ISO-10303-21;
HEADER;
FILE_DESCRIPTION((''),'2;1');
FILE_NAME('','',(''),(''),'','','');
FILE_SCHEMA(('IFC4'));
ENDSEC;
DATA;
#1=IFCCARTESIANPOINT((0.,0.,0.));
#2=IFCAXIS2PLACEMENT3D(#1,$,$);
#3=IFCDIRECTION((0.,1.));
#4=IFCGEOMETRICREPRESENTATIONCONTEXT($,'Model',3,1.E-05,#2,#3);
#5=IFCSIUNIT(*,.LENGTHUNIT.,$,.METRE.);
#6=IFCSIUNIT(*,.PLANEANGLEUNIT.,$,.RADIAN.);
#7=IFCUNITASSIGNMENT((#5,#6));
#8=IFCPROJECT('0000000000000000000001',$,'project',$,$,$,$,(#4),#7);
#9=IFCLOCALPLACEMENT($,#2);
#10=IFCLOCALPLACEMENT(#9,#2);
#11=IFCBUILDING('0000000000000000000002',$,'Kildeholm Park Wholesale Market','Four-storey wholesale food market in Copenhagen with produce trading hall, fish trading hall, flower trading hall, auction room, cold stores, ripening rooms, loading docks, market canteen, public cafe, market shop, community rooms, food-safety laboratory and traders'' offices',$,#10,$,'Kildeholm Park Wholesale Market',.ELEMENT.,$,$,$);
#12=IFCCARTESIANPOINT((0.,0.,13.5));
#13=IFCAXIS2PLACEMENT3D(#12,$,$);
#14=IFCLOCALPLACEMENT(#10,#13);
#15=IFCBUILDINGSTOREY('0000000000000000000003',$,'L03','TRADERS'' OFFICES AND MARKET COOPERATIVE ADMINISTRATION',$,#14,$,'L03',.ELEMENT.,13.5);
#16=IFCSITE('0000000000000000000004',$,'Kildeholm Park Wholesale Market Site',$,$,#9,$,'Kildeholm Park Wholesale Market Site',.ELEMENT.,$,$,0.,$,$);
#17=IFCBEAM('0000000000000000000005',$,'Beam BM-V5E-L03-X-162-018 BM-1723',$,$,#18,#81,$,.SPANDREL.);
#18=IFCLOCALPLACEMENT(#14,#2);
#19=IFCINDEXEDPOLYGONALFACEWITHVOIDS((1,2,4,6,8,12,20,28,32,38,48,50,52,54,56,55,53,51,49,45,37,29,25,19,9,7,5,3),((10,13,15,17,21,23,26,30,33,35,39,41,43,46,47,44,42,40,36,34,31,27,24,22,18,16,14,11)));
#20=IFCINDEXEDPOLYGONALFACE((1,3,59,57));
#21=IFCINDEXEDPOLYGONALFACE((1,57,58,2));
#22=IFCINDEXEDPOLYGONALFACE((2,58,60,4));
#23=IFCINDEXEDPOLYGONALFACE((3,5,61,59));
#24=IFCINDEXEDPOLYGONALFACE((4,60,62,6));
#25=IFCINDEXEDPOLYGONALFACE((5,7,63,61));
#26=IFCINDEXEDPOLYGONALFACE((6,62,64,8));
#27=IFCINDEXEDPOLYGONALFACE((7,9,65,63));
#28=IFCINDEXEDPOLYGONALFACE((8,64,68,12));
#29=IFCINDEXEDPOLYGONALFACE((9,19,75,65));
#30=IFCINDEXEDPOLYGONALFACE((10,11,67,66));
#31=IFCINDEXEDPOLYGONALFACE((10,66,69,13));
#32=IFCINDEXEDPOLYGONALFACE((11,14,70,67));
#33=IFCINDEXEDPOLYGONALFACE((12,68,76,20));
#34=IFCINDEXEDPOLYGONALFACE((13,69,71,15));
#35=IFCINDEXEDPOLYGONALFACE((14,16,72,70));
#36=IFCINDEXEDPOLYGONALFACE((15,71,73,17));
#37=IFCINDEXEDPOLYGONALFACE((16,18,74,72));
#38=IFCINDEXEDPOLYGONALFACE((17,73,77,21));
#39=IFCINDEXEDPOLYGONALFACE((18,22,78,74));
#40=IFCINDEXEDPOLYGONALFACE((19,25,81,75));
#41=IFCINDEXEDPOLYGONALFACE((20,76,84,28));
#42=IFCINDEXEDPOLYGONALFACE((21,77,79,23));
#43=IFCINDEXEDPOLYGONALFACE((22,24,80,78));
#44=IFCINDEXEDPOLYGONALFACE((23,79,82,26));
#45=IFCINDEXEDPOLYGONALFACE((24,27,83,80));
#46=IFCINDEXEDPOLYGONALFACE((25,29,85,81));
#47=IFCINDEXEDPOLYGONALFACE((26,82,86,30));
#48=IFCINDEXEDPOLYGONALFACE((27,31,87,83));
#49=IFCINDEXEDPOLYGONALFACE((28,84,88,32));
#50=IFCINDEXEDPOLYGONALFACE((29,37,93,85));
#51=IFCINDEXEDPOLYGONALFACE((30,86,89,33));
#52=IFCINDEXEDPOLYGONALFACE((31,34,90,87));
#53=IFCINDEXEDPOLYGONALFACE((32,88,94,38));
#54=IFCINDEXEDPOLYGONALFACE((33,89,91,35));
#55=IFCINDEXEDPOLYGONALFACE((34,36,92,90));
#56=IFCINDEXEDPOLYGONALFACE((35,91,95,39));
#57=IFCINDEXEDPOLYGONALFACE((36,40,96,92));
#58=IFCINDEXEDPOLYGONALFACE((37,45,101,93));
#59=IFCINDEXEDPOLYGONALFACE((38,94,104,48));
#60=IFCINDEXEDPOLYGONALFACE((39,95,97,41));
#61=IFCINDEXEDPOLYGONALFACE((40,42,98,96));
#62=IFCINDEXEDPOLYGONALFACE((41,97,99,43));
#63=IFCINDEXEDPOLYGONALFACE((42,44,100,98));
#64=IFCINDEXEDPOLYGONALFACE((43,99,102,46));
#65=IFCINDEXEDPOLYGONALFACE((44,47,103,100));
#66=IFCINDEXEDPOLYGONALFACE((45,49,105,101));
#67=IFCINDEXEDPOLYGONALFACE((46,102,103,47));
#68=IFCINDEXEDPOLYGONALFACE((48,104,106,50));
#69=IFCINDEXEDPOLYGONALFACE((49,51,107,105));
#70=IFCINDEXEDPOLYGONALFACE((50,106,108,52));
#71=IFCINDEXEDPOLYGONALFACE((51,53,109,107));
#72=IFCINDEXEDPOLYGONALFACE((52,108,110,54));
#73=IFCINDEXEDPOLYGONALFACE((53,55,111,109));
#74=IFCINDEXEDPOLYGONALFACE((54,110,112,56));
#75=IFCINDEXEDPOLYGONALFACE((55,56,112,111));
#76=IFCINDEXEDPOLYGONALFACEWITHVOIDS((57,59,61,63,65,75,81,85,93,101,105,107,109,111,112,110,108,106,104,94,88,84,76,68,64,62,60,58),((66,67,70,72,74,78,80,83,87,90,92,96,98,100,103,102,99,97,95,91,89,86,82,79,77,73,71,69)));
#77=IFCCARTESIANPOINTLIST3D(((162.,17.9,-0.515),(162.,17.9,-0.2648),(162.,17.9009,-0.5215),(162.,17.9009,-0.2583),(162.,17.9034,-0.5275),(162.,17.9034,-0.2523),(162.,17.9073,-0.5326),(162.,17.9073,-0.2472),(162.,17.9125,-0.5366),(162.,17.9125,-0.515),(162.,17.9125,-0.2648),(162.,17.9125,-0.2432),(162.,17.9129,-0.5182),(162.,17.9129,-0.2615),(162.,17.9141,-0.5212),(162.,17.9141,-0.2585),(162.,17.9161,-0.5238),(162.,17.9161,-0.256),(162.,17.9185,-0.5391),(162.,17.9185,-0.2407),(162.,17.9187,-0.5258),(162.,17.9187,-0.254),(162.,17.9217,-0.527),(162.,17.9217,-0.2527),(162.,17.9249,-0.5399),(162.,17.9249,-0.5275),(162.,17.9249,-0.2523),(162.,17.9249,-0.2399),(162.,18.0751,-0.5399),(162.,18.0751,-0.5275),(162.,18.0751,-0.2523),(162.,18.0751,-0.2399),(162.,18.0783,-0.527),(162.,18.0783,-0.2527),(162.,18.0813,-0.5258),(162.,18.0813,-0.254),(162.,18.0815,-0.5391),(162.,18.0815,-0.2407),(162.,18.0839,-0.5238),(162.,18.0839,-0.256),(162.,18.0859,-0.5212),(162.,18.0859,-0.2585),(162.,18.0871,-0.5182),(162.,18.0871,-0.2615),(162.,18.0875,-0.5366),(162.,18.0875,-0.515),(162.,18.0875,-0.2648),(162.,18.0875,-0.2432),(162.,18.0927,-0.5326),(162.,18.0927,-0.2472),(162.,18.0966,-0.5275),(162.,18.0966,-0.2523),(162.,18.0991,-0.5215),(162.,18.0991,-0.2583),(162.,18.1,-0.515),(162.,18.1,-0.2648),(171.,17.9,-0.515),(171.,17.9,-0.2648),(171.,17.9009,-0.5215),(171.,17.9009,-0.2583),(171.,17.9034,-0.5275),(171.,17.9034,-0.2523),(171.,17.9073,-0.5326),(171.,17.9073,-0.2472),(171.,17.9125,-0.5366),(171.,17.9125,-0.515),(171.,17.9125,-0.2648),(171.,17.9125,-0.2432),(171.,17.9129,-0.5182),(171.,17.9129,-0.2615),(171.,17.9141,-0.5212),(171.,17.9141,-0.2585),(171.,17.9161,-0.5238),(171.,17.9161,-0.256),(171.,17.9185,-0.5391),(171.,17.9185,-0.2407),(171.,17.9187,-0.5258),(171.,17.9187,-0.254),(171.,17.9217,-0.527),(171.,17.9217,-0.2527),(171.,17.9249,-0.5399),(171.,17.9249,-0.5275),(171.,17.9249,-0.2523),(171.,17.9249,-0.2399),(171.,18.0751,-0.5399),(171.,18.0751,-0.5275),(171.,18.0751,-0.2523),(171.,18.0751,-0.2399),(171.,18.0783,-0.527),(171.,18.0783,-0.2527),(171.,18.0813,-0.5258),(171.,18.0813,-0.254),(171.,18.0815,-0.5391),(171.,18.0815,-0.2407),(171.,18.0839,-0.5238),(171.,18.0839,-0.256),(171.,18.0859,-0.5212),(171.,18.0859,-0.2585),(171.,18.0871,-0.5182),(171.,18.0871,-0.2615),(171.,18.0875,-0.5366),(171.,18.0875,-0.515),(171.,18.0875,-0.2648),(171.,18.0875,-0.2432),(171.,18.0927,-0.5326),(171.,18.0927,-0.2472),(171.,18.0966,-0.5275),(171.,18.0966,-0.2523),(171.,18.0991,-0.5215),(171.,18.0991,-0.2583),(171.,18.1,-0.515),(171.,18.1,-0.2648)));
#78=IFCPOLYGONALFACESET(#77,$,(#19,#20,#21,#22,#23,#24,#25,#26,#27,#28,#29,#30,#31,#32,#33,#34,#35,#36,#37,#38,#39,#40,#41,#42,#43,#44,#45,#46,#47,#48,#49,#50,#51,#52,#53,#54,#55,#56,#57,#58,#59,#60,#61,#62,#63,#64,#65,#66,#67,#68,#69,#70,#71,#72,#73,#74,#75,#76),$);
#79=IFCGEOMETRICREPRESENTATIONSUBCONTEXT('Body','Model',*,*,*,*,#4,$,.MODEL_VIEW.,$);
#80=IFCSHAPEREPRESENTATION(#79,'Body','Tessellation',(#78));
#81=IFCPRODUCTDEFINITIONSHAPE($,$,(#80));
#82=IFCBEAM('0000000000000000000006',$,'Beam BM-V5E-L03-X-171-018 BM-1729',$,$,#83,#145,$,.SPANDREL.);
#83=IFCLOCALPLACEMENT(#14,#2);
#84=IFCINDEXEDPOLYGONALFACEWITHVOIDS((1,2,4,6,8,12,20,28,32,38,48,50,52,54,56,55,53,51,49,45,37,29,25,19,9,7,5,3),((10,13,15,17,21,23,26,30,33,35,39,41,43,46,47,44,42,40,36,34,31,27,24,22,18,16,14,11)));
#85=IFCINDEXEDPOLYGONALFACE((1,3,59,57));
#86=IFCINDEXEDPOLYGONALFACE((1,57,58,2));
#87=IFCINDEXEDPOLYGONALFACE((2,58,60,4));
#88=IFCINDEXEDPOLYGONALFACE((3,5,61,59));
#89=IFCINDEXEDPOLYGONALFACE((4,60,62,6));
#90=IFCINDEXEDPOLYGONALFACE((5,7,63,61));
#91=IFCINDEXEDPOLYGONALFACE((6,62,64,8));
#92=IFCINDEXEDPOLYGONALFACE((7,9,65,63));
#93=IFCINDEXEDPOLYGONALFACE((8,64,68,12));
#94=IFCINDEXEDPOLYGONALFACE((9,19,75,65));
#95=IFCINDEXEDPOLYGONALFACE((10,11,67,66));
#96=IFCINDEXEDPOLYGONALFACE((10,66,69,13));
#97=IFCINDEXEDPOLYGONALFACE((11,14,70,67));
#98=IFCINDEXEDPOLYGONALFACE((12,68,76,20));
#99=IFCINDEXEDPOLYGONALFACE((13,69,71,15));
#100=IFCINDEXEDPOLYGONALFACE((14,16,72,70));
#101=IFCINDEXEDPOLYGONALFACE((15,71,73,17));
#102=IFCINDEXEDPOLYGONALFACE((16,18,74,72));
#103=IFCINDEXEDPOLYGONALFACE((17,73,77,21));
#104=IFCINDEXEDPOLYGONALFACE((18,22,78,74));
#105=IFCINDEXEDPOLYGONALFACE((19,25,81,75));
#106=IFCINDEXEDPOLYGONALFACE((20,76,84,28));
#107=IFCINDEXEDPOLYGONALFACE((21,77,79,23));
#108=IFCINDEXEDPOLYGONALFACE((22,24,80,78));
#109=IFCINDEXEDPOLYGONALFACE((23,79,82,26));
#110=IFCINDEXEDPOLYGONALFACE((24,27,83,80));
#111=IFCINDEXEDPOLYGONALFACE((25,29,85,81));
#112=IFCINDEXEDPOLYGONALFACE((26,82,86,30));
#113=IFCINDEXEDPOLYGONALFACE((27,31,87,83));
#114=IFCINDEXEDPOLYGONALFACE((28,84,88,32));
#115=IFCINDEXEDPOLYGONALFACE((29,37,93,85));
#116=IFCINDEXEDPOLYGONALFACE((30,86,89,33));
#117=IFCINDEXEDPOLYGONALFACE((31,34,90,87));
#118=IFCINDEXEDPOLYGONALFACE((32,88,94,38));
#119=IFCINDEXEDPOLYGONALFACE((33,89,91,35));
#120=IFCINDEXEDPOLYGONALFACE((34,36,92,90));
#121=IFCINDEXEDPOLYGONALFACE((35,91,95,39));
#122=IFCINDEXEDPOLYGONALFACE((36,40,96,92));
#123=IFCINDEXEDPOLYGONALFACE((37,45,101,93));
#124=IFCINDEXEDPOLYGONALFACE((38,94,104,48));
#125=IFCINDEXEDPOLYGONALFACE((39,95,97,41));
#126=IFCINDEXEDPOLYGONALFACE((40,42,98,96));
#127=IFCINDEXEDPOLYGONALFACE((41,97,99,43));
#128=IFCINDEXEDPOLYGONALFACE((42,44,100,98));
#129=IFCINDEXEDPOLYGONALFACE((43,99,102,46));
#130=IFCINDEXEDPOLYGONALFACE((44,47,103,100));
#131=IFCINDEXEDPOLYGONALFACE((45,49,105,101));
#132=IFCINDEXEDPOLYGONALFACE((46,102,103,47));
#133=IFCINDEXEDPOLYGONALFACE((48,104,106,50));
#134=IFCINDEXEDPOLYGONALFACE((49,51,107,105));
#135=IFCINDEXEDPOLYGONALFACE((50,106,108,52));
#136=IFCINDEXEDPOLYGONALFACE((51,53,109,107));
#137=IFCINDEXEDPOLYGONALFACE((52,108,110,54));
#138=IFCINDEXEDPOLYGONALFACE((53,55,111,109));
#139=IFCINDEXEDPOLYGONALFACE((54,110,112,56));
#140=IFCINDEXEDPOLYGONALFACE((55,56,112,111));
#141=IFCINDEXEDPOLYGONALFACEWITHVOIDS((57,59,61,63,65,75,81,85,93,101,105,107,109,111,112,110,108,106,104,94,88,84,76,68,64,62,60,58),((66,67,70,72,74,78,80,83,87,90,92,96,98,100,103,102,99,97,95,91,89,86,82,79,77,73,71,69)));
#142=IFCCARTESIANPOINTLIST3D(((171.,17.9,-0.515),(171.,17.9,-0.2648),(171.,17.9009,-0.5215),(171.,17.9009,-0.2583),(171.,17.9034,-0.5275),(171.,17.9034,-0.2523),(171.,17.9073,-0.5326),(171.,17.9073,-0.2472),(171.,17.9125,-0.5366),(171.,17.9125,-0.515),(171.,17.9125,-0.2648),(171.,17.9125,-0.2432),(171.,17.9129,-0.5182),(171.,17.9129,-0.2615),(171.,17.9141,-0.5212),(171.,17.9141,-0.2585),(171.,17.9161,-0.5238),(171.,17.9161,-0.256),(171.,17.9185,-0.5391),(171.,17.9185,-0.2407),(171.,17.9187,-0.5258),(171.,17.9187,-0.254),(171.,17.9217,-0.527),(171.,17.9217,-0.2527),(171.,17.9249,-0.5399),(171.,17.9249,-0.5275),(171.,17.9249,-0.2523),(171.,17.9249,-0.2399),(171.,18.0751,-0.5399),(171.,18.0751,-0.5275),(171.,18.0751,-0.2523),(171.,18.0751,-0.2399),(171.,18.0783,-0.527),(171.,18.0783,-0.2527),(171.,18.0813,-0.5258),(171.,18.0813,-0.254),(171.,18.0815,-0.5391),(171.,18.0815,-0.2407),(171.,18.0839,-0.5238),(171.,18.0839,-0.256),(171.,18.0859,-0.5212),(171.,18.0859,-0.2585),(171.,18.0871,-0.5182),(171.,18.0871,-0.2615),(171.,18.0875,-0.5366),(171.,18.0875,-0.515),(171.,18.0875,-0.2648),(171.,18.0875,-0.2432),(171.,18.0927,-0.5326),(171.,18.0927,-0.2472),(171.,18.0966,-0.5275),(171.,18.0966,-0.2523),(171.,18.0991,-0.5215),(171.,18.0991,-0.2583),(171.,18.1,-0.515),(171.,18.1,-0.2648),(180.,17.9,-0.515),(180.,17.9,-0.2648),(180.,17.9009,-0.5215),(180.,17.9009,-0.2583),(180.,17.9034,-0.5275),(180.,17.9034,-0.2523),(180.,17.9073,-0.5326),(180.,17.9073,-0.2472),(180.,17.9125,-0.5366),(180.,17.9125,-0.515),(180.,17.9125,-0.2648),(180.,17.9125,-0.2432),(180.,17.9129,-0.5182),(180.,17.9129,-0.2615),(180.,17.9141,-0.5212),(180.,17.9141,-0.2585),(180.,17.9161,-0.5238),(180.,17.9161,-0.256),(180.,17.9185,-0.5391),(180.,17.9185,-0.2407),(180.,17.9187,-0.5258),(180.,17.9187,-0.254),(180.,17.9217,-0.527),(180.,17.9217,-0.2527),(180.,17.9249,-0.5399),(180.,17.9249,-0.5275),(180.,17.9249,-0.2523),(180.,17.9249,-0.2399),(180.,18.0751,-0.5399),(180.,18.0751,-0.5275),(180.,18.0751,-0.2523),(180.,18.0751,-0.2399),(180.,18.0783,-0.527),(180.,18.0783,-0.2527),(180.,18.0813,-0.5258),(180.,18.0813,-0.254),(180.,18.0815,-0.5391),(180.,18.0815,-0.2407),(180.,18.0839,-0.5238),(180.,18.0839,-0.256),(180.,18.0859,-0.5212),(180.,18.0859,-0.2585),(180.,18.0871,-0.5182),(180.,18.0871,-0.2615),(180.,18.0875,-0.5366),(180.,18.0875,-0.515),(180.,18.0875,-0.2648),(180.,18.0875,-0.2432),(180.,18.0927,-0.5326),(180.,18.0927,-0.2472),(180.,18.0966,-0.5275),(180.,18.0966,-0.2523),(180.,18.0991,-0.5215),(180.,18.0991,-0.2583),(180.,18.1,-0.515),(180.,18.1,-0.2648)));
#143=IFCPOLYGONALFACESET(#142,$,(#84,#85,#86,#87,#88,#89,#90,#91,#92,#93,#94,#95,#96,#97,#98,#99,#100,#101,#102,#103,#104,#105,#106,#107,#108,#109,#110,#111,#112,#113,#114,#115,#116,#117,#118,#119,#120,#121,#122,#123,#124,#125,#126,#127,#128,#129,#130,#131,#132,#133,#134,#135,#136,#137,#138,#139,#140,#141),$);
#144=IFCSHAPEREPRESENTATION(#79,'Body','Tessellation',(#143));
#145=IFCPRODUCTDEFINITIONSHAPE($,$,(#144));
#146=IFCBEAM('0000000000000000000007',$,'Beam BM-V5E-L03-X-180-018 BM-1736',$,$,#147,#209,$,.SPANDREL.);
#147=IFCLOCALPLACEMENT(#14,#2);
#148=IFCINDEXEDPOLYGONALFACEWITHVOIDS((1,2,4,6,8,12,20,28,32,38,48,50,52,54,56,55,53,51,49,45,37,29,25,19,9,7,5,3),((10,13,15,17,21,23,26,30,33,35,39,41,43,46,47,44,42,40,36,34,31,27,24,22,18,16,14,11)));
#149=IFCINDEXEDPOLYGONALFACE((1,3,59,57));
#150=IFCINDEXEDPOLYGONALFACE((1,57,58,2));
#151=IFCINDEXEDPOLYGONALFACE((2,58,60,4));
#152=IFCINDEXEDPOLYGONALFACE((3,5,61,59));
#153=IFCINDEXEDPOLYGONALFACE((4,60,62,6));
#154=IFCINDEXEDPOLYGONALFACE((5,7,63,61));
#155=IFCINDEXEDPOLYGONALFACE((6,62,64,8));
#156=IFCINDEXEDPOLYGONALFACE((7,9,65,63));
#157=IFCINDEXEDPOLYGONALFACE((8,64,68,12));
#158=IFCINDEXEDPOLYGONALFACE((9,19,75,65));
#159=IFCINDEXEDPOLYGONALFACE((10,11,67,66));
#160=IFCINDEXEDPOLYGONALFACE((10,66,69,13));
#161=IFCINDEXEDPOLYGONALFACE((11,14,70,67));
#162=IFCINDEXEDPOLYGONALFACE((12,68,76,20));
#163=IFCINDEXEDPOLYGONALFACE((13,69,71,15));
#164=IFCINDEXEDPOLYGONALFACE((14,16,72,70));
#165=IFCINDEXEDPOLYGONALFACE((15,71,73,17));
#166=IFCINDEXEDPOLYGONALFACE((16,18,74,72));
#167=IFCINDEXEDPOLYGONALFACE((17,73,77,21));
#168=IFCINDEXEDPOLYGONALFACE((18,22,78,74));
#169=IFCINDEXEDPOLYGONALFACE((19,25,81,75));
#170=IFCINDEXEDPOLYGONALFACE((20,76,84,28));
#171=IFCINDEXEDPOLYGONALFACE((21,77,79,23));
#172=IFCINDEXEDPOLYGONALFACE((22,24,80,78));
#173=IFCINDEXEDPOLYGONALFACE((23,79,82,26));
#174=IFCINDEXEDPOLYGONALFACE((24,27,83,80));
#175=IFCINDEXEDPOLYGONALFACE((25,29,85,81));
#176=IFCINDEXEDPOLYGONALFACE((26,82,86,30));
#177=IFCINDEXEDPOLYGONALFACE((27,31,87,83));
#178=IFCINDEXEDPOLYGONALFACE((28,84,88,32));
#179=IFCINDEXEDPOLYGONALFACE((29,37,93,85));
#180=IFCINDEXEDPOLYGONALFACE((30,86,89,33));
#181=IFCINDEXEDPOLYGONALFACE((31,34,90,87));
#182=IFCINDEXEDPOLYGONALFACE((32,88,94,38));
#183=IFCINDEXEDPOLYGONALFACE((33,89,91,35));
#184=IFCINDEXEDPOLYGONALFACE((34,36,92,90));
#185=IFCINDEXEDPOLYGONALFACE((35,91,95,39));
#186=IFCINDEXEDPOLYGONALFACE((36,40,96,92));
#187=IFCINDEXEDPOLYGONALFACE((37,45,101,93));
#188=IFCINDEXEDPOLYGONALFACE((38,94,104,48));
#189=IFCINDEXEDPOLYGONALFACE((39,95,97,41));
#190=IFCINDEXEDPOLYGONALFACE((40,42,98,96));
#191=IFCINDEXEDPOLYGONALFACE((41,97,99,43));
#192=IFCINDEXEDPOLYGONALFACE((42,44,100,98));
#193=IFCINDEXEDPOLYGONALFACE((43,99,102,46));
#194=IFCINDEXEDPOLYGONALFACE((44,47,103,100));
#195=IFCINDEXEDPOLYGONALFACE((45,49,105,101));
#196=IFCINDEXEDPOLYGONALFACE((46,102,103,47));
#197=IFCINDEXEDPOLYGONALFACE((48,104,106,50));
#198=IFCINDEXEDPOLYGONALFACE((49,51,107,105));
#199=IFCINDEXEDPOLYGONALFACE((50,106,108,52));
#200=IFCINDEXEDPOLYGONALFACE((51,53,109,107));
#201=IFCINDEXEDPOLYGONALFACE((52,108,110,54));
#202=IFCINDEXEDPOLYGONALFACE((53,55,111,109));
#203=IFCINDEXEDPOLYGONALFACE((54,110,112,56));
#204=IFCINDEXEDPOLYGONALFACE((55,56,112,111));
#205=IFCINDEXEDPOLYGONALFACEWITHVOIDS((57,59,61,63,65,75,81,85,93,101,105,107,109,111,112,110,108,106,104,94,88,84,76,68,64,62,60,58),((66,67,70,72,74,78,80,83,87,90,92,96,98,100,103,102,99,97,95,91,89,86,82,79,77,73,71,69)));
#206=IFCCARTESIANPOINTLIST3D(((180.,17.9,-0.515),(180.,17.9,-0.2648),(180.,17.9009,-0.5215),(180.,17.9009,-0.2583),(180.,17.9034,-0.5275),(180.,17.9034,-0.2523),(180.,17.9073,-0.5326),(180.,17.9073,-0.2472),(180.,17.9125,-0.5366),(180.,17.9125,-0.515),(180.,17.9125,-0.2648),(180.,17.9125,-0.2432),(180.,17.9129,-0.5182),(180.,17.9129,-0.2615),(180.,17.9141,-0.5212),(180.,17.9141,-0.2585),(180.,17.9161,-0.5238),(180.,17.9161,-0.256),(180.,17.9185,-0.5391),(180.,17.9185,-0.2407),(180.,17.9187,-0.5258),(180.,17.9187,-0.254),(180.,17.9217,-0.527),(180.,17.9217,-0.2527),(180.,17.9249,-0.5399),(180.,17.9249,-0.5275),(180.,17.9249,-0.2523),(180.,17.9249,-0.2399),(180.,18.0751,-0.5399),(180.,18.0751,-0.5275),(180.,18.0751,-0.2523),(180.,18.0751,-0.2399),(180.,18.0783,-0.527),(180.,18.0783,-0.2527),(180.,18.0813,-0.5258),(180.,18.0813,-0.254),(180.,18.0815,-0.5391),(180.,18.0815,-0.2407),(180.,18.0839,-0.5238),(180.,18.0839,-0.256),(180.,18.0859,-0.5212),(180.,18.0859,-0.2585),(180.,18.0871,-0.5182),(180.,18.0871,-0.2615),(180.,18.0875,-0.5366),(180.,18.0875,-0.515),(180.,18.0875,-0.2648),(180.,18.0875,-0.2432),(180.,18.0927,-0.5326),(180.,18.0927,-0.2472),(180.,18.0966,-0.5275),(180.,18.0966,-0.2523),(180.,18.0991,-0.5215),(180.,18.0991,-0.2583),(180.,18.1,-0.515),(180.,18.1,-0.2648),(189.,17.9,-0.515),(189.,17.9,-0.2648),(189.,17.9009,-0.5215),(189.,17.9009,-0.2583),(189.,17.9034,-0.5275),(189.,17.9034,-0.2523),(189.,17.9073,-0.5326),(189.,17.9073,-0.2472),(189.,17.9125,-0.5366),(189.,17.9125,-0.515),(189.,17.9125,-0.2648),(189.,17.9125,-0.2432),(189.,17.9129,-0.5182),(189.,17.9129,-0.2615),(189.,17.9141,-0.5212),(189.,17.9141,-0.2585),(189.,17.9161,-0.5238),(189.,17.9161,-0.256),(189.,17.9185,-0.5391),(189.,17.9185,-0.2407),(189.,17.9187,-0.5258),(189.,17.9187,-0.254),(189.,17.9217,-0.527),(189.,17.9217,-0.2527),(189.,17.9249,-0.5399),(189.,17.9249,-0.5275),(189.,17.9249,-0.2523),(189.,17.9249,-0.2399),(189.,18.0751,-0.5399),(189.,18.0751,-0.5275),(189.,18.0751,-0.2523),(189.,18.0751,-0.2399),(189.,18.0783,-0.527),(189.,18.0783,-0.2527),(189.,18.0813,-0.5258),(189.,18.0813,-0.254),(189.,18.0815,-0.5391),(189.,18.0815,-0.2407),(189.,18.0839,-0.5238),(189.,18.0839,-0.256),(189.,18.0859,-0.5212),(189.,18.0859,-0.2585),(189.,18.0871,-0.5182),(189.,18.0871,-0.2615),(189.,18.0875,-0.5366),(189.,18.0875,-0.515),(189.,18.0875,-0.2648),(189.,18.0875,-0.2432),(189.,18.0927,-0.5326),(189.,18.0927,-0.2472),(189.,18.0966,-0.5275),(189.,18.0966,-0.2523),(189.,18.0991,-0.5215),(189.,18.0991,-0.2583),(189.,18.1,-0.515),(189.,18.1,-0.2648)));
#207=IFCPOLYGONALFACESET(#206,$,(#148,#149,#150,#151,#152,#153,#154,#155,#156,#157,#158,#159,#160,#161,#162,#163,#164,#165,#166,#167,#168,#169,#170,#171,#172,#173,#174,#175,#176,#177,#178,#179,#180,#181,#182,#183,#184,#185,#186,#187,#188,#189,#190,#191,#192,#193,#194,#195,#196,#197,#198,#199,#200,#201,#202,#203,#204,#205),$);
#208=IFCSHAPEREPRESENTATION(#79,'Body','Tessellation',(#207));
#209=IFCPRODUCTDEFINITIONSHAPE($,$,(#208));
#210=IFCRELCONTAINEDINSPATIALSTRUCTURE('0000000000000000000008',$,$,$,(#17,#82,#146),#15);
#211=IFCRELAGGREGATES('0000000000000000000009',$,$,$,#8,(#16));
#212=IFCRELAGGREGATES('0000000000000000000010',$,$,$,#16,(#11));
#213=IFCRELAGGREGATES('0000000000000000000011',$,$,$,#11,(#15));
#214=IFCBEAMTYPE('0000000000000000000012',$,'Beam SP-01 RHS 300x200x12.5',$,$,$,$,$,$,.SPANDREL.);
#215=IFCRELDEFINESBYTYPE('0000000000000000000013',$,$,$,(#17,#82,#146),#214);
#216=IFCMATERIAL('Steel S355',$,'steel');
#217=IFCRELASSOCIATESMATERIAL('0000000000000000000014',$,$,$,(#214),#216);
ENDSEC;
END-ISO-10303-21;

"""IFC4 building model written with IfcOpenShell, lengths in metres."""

from ifc_helpers import new_model, si_unit, direction, frame, origin, origin_2d, place, context, subcontext, project, spatial, hollow_rectangle, extrude, material, material_profile, profile_set, type_object, element, save


model = new_model("IFC4")

# Units and contexts
model_context = context("Model", 3, precision=1e-05, world=origin(), true_north=direction((0.0, 1.0)))
body_context = subcontext(model_context, "Body", "Model", "MODEL_VIEW")
ifc_project = project(units=[si_unit("LENGTHUNIT", "METRE"), si_unit("PLANEANGLEUNIT", "RADIAN")], contexts=[model_context])

# Site, building, storey
site_placement = place(None, origin())
site = spatial("IfcSite", under=ifc_project, at=site_placement, Name="Kildeholm Park Wholesale Market Site", LongName="Kildeholm Park Wholesale Market Site", CompositionType="ELEMENT", RefElevation=0.0)
building_placement = place(site_placement, origin())
building = spatial("IfcBuilding", under=site, at=building_placement, Name="Kildeholm Park Wholesale Market", Description="Four-storey wholesale food market in Copenhagen with produce trading hall, fish trading hall, flower trading hall, auction room, cold stores, ripening rooms, loading docks, market canteen, public cafe, market shop, community rooms, food-safety laboratory and traders' offices", LongName="Kildeholm Park Wholesale Market", CompositionType="ELEMENT")
storey_placement = place(building_placement, frame((0.0, 0.0, 13.5)))
storey = spatial("IfcBuildingStorey", under=building, at=storey_placement, Name="L03", Description="TRADERS' OFFICES AND MARKET COOPERATIVE ADMINISTRATION", LongName="L03", CompositionType="ELEMENT", Elevation=13.5)

# Shared definitions
ifc_material_1 = material(Name="Steel S355", Category="steel")

# Beams
ifc_material_profile_1 = material_profile(ifc_material_1, hollow_rectangle(XDim=0.2, YDim=0.3, WallThickness=0.0125, InnerFilletRadius=0.0125, OuterFilletRadius=0.0249, at=origin_2d()), Name="RHS 300x200x12.5")
ifc_profile_set_1 = profile_set([ifc_material_profile_1], Name="Steel S355")
beam_type_1 = type_object("IfcBeamType", Name="Beam SP-01 RHS 300x200x12.5", PredefinedType="SPANDREL", material=ifc_profile_set_1)
for number, where, z_axis, x_axis, name in (
    (1, (162.0, 18.0, -0.3899), (1.0, 0.0, 0.0), (0.0, 1.0, 0.0), "Beam BM-V5E-L03-X-162-018 BM-1723"),
    (2, (171.0, 18.0, -0.3899), (1.0, 0.0, 0.0), (0.0, 1.0, 0.0), "Beam BM-V5E-L03-X-171-018 BM-1729"),
    (3, (180.0, 18.0, -0.3899), (1.0, 0.0, 0.0), (0.0, 1.0, 0.0), "Beam BM-V5E-L03-X-180-018 BM-1736"),
):
    element("IfcBeam", number, at=place(storey_placement, frame(where, z_axis=z_axis, x_axis=x_axis)), inside=storey, type_object=beam_type_1, Name=name, PredefinedType="SPANDREL", context=body_context, shape_type="SweptSolid", body=[
        extrude(hollow_rectangle(XDim=0.2, YDim=0.3, WallThickness=0.0125, InnerFilletRadius=0.0125, OuterFilletRadius=0.0249, at=origin_2d()), origin(), (0.0, 0.0, 1.0), 9.0),
    ])

save(model, "model.ifc")
